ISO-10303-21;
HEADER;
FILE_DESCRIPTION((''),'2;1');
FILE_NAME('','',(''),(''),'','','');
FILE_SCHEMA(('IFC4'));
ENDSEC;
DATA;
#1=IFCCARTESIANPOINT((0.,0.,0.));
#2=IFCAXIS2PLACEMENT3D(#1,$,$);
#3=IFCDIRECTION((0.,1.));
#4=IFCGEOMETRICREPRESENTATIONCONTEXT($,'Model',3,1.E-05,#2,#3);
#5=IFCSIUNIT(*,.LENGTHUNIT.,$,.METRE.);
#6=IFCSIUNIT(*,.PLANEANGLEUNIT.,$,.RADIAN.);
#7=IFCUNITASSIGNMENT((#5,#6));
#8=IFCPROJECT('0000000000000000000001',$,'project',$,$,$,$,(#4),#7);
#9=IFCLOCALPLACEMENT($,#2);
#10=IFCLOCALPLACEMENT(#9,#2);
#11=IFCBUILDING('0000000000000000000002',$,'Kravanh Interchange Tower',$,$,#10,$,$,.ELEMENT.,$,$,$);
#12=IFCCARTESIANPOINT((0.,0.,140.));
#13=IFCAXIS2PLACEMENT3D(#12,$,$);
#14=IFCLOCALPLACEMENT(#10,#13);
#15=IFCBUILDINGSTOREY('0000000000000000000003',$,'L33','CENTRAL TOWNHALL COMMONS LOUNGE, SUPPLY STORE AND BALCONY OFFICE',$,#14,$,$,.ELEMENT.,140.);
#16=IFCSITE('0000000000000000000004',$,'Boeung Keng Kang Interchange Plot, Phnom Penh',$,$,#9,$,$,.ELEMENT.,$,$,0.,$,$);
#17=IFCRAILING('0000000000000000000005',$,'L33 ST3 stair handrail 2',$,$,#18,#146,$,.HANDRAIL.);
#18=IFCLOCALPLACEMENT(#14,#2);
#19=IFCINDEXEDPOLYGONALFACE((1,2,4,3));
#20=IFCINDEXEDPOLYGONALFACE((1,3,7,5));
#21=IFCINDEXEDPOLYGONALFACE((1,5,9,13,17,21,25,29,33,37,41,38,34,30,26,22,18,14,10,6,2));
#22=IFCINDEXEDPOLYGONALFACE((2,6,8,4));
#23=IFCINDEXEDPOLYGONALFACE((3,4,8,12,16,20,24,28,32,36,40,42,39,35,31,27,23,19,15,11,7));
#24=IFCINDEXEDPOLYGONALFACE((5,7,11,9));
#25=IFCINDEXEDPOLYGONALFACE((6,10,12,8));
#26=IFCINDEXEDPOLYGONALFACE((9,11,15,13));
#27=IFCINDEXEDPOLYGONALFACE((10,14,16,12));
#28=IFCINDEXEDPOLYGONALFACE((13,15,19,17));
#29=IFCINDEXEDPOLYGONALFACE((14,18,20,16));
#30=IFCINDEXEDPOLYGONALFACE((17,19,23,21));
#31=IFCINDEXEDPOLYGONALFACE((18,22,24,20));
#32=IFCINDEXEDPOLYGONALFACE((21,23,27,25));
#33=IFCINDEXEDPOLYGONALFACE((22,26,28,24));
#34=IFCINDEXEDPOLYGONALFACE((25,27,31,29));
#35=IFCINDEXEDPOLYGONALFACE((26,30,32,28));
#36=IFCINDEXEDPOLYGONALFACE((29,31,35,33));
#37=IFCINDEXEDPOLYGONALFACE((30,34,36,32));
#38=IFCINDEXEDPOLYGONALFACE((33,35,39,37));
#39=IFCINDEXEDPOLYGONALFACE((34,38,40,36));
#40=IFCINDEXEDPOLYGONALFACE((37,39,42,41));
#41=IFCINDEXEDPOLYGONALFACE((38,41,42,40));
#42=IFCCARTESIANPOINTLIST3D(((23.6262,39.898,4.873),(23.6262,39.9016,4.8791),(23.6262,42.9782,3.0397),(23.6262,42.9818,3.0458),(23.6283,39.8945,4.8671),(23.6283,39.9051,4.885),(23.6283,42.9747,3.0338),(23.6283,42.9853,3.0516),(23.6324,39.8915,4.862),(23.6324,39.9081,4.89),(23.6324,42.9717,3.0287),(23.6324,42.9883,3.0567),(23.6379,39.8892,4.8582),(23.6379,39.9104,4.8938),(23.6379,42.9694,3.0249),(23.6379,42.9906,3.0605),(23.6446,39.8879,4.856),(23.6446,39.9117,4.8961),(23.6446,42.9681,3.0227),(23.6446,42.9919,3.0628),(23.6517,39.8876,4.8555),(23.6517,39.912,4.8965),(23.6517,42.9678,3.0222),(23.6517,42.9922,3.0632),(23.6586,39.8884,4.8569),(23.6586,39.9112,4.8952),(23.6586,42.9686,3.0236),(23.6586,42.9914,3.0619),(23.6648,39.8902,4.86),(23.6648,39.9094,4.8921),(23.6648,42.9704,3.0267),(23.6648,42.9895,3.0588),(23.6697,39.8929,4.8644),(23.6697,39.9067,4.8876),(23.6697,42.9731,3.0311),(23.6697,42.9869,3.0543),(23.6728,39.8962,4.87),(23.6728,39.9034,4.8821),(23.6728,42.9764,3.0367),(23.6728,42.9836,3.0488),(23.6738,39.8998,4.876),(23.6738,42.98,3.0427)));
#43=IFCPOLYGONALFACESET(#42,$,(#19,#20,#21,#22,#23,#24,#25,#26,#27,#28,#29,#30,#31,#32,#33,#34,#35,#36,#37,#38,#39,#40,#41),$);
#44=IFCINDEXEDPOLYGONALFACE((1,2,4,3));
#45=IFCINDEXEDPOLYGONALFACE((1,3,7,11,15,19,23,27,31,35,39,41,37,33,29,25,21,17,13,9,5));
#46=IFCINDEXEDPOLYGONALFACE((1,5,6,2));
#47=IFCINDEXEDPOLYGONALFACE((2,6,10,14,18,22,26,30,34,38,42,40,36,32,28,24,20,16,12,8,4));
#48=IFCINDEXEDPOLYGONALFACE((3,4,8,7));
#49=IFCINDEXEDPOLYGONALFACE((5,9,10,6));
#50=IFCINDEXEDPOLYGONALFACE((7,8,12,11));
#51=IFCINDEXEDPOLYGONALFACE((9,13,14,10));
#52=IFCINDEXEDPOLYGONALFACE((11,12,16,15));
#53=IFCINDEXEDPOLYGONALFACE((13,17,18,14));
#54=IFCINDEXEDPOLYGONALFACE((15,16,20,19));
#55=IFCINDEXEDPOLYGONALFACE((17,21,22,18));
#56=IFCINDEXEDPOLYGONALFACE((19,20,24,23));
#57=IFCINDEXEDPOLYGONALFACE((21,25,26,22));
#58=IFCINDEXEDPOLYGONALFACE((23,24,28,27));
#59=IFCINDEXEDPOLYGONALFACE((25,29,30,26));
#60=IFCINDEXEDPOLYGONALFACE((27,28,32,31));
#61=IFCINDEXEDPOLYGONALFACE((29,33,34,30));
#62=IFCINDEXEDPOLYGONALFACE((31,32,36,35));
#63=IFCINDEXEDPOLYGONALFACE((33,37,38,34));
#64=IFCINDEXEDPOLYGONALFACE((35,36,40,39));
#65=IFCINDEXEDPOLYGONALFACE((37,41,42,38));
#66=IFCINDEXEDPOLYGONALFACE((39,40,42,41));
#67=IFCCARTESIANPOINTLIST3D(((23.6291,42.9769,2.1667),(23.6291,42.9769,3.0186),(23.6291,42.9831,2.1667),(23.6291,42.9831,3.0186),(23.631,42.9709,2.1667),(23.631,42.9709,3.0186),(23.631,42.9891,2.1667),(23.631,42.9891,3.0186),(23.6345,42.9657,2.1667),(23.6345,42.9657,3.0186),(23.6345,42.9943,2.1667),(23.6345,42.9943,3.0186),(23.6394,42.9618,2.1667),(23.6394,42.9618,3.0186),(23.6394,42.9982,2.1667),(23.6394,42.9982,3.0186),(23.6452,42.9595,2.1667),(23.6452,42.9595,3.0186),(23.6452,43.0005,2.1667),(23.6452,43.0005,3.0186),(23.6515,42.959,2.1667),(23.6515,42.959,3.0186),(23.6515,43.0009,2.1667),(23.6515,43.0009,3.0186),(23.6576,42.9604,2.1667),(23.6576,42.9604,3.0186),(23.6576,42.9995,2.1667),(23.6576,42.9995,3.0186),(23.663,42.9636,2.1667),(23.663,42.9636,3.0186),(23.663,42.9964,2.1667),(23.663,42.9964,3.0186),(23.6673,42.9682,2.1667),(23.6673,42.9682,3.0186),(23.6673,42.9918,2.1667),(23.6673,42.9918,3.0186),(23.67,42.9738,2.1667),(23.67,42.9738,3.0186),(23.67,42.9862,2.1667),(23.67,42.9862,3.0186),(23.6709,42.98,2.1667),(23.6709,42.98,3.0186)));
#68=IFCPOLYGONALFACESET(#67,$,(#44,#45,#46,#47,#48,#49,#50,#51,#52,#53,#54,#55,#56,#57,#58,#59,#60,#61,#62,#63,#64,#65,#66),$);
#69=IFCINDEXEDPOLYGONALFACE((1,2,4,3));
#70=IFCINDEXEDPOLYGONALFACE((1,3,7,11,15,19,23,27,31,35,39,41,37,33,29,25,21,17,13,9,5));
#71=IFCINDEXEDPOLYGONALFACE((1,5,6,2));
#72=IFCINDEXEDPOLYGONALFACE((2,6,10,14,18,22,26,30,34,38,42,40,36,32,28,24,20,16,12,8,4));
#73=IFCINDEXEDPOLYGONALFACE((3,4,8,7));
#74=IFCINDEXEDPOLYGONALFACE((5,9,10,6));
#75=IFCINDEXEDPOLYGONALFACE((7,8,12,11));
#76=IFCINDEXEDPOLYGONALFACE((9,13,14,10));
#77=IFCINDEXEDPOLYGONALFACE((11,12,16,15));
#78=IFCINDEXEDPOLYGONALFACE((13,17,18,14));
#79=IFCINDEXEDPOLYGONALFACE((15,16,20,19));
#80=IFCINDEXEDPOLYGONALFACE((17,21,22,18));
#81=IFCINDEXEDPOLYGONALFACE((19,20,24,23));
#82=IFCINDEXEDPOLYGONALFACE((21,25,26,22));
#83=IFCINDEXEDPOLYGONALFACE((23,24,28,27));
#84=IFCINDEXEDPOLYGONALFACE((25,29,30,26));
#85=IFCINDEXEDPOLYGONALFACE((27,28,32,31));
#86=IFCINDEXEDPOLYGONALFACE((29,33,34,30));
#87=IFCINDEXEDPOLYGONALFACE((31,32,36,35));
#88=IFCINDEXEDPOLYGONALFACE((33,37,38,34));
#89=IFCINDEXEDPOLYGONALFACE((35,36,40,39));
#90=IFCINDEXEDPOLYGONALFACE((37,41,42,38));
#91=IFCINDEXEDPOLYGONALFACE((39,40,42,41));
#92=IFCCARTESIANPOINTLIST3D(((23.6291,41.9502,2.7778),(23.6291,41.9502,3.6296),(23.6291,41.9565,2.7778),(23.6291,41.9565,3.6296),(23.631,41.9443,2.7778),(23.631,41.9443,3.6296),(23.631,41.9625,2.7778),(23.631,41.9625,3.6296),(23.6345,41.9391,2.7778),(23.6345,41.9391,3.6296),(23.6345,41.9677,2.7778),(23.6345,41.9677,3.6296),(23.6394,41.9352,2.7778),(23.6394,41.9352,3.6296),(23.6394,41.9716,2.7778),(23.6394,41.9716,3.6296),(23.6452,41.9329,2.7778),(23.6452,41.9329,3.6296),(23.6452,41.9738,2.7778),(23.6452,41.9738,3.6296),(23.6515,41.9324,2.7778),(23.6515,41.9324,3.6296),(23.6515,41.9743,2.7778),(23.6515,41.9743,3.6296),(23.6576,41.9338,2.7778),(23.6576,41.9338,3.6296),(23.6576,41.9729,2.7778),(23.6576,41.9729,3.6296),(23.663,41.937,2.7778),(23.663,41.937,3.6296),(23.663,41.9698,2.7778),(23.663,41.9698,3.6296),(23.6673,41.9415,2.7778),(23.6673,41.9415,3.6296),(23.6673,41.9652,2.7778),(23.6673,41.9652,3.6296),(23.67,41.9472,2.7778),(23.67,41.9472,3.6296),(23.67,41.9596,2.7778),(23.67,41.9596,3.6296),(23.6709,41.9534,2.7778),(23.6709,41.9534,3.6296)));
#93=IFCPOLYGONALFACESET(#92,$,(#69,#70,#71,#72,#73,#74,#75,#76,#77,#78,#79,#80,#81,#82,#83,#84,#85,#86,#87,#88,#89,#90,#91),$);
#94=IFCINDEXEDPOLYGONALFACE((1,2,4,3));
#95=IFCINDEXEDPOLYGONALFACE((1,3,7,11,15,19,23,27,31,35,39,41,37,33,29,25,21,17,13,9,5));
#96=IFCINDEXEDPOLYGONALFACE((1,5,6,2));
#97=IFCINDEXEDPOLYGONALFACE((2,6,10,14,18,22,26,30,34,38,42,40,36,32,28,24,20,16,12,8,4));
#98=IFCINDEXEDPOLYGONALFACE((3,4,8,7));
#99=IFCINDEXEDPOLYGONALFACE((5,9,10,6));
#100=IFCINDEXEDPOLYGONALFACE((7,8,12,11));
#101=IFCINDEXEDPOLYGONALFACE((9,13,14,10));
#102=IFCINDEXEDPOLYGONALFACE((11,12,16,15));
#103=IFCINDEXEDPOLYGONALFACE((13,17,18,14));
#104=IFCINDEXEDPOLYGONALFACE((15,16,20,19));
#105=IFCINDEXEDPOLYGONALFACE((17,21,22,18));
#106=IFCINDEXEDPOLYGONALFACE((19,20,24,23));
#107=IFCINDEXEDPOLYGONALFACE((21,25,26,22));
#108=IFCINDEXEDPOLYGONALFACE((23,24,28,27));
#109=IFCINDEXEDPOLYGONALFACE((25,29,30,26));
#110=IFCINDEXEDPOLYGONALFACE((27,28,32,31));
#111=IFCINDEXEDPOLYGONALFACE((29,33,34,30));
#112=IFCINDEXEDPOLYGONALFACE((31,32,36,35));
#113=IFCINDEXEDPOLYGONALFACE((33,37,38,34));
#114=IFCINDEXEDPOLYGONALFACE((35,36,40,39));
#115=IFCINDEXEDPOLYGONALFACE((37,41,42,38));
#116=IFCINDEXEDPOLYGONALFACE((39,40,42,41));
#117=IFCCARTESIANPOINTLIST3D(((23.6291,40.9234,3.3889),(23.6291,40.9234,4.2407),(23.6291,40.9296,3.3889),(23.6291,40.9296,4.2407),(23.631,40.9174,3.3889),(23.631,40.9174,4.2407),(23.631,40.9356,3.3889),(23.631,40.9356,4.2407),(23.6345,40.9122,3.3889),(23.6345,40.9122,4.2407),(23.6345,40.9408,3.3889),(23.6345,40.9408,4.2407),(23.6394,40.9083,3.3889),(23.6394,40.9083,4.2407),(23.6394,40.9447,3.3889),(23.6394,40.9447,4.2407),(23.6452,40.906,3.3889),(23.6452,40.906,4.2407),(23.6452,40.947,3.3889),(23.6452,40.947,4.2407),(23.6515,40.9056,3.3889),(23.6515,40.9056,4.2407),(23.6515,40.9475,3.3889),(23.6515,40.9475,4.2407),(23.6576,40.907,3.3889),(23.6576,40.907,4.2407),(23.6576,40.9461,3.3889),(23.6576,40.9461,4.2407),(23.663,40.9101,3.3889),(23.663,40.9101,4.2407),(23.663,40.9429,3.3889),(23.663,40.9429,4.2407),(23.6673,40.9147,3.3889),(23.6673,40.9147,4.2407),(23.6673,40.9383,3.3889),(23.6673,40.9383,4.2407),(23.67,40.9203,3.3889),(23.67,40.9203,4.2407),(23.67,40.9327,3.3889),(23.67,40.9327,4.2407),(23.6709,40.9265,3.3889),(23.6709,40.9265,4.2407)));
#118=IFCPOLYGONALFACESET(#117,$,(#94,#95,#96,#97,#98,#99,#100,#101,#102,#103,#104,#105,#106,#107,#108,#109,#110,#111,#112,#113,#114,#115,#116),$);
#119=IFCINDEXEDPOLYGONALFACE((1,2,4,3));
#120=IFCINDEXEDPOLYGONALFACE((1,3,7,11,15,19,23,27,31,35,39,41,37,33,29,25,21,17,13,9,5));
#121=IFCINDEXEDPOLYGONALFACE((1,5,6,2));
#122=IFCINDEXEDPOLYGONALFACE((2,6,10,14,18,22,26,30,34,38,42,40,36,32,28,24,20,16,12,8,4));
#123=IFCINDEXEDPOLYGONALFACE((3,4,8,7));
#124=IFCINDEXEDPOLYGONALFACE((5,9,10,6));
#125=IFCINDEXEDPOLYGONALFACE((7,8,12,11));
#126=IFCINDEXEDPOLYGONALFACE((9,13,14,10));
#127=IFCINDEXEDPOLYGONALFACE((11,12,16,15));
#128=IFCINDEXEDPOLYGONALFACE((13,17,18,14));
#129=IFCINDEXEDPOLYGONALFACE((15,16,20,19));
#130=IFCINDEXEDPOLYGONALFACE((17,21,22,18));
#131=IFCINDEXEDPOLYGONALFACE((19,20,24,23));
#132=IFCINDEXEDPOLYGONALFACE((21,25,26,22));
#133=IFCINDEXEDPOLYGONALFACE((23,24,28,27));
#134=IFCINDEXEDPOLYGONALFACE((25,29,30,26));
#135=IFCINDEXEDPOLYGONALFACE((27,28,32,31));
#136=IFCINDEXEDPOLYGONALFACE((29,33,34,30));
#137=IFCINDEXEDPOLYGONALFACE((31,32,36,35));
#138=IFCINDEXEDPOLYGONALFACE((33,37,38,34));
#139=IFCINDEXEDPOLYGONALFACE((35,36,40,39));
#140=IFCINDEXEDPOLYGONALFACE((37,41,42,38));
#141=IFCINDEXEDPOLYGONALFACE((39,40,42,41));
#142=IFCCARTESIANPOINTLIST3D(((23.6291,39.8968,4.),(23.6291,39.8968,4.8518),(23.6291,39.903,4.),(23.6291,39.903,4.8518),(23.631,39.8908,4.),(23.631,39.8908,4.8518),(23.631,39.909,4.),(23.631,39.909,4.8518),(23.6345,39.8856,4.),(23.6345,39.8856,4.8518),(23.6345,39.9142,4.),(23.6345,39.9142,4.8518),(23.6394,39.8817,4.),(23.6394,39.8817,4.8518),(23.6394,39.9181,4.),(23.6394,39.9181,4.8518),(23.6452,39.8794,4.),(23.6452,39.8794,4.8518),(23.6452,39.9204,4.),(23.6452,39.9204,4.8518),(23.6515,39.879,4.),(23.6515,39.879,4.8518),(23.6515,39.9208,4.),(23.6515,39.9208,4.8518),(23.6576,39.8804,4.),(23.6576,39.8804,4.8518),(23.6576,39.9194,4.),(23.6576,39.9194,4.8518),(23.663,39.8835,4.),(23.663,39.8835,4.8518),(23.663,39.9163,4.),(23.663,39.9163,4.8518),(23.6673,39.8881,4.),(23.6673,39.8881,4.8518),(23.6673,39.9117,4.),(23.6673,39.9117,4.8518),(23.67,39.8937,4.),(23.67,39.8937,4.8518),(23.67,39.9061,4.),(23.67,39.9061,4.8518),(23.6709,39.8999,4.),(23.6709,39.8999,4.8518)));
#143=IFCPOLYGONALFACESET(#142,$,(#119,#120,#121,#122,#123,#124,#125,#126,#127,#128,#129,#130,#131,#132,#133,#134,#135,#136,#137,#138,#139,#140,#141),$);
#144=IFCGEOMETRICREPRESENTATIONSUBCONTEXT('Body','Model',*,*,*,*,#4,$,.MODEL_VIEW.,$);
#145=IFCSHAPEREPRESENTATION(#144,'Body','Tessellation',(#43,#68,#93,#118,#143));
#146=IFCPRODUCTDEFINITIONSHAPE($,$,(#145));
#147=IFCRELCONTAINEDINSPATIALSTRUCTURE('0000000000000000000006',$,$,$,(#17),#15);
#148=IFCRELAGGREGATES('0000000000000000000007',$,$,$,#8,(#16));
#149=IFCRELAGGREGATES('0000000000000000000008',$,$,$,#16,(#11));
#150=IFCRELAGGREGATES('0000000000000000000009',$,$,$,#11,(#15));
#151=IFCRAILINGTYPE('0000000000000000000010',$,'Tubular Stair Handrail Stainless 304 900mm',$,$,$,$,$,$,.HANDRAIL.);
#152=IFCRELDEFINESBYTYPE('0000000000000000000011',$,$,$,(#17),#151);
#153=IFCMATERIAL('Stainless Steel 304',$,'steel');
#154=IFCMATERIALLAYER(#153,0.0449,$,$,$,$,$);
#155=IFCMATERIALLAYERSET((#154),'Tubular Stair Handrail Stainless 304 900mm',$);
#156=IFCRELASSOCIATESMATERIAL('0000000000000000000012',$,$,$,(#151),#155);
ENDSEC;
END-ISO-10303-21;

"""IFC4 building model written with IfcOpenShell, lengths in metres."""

from ifc_helpers import new_model, si_unit, direction, frame, origin, origin_2d, place, context, subcontext, project, spatial, circle, extrude, material, layer, layer_set, type_object, element, save


model = new_model("IFC4")

# Units and contexts
model_context = context("Model", 3, precision=1e-05, world=origin(), true_north=direction((0.0, 1.0)))
body_context = subcontext(model_context, "Body", "Model", "MODEL_VIEW")
ifc_project = project(units=[si_unit("LENGTHUNIT", "METRE"), si_unit("PLANEANGLEUNIT", "RADIAN")], contexts=[model_context])

# Site, building, storey
site_placement = place(None, origin())
site = spatial("IfcSite", under=ifc_project, at=site_placement, Name="Boeung Keng Kang Interchange Plot, Phnom Penh", CompositionType="ELEMENT", RefElevation=0.0)
building_placement = place(site_placement, origin())
building = spatial("IfcBuilding", under=site, at=building_placement, Name="Kravanh Interchange Tower", CompositionType="ELEMENT")
storey_placement = place(building_placement, frame((0.0, 0.0, 140.0)))
storey = spatial("IfcBuildingStorey", under=building, at=storey_placement, Name="L33", Description="CENTRAL TOWNHALL COMMONS LOUNGE, SUPPLY STORE AND BALCONY OFFICE", CompositionType="ELEMENT", Elevation=140.0)

# Railing
ifc_material_1 = material(Name="Stainless Steel 304", Category="steel")
ifc_layer_1 = layer(ifc_material_1, 0.0449)
ifc_layer_set_1 = layer_set([ifc_layer_1], Name="Tubular Stair Handrail Stainless 304 900mm")
railing_type_1 = type_object("IfcRailingType", Name="Tubular Stair Handrail Stainless 304 900mm", PredefinedType="HANDRAIL", material=ifc_layer_set_1)
railing_1_placement = place(storey_placement, frame((23.6499, 42.98, 2.1667)))
element("IfcRailing", 1, at=railing_1_placement, inside=storey, type_object=railing_type_1, Name="L33 ST3 stair handrail 2", PredefinedType="HANDRAIL", context=body_context, shape_type="SweptSolid", body=[
    extrude(circle(Radius=0.0239, at=origin_2d()), frame((0.0, 0.0, 0.876), z_axis=(0.0, -0.859309, 0.511458), x_axis=(1.0, 0.0, 0.0)), (0.0, 0.0, 1.0), 3.5845),
    extrude(circle(Radius=0.021, at=origin_2d()), origin(), (0.0, 0.0, 1.0), 0.8518),
    extrude(circle(Radius=0.021, at=origin_2d()), frame((0.0, -1.0266, 0.6111)), (0.0, 0.0, 1.0), 0.8518),
    extrude(circle(Radius=0.021, at=origin_2d()), frame((0.0, -2.0535, 1.2222)), (0.0, 0.0, 1.0), 0.8518),
    extrude(circle(Radius=0.021, at=origin_2d()), frame((0.0, -3.0801, 1.8333)), (0.0, 0.0, 1.0), 0.8518),
])

save(model, "model.ifc")
